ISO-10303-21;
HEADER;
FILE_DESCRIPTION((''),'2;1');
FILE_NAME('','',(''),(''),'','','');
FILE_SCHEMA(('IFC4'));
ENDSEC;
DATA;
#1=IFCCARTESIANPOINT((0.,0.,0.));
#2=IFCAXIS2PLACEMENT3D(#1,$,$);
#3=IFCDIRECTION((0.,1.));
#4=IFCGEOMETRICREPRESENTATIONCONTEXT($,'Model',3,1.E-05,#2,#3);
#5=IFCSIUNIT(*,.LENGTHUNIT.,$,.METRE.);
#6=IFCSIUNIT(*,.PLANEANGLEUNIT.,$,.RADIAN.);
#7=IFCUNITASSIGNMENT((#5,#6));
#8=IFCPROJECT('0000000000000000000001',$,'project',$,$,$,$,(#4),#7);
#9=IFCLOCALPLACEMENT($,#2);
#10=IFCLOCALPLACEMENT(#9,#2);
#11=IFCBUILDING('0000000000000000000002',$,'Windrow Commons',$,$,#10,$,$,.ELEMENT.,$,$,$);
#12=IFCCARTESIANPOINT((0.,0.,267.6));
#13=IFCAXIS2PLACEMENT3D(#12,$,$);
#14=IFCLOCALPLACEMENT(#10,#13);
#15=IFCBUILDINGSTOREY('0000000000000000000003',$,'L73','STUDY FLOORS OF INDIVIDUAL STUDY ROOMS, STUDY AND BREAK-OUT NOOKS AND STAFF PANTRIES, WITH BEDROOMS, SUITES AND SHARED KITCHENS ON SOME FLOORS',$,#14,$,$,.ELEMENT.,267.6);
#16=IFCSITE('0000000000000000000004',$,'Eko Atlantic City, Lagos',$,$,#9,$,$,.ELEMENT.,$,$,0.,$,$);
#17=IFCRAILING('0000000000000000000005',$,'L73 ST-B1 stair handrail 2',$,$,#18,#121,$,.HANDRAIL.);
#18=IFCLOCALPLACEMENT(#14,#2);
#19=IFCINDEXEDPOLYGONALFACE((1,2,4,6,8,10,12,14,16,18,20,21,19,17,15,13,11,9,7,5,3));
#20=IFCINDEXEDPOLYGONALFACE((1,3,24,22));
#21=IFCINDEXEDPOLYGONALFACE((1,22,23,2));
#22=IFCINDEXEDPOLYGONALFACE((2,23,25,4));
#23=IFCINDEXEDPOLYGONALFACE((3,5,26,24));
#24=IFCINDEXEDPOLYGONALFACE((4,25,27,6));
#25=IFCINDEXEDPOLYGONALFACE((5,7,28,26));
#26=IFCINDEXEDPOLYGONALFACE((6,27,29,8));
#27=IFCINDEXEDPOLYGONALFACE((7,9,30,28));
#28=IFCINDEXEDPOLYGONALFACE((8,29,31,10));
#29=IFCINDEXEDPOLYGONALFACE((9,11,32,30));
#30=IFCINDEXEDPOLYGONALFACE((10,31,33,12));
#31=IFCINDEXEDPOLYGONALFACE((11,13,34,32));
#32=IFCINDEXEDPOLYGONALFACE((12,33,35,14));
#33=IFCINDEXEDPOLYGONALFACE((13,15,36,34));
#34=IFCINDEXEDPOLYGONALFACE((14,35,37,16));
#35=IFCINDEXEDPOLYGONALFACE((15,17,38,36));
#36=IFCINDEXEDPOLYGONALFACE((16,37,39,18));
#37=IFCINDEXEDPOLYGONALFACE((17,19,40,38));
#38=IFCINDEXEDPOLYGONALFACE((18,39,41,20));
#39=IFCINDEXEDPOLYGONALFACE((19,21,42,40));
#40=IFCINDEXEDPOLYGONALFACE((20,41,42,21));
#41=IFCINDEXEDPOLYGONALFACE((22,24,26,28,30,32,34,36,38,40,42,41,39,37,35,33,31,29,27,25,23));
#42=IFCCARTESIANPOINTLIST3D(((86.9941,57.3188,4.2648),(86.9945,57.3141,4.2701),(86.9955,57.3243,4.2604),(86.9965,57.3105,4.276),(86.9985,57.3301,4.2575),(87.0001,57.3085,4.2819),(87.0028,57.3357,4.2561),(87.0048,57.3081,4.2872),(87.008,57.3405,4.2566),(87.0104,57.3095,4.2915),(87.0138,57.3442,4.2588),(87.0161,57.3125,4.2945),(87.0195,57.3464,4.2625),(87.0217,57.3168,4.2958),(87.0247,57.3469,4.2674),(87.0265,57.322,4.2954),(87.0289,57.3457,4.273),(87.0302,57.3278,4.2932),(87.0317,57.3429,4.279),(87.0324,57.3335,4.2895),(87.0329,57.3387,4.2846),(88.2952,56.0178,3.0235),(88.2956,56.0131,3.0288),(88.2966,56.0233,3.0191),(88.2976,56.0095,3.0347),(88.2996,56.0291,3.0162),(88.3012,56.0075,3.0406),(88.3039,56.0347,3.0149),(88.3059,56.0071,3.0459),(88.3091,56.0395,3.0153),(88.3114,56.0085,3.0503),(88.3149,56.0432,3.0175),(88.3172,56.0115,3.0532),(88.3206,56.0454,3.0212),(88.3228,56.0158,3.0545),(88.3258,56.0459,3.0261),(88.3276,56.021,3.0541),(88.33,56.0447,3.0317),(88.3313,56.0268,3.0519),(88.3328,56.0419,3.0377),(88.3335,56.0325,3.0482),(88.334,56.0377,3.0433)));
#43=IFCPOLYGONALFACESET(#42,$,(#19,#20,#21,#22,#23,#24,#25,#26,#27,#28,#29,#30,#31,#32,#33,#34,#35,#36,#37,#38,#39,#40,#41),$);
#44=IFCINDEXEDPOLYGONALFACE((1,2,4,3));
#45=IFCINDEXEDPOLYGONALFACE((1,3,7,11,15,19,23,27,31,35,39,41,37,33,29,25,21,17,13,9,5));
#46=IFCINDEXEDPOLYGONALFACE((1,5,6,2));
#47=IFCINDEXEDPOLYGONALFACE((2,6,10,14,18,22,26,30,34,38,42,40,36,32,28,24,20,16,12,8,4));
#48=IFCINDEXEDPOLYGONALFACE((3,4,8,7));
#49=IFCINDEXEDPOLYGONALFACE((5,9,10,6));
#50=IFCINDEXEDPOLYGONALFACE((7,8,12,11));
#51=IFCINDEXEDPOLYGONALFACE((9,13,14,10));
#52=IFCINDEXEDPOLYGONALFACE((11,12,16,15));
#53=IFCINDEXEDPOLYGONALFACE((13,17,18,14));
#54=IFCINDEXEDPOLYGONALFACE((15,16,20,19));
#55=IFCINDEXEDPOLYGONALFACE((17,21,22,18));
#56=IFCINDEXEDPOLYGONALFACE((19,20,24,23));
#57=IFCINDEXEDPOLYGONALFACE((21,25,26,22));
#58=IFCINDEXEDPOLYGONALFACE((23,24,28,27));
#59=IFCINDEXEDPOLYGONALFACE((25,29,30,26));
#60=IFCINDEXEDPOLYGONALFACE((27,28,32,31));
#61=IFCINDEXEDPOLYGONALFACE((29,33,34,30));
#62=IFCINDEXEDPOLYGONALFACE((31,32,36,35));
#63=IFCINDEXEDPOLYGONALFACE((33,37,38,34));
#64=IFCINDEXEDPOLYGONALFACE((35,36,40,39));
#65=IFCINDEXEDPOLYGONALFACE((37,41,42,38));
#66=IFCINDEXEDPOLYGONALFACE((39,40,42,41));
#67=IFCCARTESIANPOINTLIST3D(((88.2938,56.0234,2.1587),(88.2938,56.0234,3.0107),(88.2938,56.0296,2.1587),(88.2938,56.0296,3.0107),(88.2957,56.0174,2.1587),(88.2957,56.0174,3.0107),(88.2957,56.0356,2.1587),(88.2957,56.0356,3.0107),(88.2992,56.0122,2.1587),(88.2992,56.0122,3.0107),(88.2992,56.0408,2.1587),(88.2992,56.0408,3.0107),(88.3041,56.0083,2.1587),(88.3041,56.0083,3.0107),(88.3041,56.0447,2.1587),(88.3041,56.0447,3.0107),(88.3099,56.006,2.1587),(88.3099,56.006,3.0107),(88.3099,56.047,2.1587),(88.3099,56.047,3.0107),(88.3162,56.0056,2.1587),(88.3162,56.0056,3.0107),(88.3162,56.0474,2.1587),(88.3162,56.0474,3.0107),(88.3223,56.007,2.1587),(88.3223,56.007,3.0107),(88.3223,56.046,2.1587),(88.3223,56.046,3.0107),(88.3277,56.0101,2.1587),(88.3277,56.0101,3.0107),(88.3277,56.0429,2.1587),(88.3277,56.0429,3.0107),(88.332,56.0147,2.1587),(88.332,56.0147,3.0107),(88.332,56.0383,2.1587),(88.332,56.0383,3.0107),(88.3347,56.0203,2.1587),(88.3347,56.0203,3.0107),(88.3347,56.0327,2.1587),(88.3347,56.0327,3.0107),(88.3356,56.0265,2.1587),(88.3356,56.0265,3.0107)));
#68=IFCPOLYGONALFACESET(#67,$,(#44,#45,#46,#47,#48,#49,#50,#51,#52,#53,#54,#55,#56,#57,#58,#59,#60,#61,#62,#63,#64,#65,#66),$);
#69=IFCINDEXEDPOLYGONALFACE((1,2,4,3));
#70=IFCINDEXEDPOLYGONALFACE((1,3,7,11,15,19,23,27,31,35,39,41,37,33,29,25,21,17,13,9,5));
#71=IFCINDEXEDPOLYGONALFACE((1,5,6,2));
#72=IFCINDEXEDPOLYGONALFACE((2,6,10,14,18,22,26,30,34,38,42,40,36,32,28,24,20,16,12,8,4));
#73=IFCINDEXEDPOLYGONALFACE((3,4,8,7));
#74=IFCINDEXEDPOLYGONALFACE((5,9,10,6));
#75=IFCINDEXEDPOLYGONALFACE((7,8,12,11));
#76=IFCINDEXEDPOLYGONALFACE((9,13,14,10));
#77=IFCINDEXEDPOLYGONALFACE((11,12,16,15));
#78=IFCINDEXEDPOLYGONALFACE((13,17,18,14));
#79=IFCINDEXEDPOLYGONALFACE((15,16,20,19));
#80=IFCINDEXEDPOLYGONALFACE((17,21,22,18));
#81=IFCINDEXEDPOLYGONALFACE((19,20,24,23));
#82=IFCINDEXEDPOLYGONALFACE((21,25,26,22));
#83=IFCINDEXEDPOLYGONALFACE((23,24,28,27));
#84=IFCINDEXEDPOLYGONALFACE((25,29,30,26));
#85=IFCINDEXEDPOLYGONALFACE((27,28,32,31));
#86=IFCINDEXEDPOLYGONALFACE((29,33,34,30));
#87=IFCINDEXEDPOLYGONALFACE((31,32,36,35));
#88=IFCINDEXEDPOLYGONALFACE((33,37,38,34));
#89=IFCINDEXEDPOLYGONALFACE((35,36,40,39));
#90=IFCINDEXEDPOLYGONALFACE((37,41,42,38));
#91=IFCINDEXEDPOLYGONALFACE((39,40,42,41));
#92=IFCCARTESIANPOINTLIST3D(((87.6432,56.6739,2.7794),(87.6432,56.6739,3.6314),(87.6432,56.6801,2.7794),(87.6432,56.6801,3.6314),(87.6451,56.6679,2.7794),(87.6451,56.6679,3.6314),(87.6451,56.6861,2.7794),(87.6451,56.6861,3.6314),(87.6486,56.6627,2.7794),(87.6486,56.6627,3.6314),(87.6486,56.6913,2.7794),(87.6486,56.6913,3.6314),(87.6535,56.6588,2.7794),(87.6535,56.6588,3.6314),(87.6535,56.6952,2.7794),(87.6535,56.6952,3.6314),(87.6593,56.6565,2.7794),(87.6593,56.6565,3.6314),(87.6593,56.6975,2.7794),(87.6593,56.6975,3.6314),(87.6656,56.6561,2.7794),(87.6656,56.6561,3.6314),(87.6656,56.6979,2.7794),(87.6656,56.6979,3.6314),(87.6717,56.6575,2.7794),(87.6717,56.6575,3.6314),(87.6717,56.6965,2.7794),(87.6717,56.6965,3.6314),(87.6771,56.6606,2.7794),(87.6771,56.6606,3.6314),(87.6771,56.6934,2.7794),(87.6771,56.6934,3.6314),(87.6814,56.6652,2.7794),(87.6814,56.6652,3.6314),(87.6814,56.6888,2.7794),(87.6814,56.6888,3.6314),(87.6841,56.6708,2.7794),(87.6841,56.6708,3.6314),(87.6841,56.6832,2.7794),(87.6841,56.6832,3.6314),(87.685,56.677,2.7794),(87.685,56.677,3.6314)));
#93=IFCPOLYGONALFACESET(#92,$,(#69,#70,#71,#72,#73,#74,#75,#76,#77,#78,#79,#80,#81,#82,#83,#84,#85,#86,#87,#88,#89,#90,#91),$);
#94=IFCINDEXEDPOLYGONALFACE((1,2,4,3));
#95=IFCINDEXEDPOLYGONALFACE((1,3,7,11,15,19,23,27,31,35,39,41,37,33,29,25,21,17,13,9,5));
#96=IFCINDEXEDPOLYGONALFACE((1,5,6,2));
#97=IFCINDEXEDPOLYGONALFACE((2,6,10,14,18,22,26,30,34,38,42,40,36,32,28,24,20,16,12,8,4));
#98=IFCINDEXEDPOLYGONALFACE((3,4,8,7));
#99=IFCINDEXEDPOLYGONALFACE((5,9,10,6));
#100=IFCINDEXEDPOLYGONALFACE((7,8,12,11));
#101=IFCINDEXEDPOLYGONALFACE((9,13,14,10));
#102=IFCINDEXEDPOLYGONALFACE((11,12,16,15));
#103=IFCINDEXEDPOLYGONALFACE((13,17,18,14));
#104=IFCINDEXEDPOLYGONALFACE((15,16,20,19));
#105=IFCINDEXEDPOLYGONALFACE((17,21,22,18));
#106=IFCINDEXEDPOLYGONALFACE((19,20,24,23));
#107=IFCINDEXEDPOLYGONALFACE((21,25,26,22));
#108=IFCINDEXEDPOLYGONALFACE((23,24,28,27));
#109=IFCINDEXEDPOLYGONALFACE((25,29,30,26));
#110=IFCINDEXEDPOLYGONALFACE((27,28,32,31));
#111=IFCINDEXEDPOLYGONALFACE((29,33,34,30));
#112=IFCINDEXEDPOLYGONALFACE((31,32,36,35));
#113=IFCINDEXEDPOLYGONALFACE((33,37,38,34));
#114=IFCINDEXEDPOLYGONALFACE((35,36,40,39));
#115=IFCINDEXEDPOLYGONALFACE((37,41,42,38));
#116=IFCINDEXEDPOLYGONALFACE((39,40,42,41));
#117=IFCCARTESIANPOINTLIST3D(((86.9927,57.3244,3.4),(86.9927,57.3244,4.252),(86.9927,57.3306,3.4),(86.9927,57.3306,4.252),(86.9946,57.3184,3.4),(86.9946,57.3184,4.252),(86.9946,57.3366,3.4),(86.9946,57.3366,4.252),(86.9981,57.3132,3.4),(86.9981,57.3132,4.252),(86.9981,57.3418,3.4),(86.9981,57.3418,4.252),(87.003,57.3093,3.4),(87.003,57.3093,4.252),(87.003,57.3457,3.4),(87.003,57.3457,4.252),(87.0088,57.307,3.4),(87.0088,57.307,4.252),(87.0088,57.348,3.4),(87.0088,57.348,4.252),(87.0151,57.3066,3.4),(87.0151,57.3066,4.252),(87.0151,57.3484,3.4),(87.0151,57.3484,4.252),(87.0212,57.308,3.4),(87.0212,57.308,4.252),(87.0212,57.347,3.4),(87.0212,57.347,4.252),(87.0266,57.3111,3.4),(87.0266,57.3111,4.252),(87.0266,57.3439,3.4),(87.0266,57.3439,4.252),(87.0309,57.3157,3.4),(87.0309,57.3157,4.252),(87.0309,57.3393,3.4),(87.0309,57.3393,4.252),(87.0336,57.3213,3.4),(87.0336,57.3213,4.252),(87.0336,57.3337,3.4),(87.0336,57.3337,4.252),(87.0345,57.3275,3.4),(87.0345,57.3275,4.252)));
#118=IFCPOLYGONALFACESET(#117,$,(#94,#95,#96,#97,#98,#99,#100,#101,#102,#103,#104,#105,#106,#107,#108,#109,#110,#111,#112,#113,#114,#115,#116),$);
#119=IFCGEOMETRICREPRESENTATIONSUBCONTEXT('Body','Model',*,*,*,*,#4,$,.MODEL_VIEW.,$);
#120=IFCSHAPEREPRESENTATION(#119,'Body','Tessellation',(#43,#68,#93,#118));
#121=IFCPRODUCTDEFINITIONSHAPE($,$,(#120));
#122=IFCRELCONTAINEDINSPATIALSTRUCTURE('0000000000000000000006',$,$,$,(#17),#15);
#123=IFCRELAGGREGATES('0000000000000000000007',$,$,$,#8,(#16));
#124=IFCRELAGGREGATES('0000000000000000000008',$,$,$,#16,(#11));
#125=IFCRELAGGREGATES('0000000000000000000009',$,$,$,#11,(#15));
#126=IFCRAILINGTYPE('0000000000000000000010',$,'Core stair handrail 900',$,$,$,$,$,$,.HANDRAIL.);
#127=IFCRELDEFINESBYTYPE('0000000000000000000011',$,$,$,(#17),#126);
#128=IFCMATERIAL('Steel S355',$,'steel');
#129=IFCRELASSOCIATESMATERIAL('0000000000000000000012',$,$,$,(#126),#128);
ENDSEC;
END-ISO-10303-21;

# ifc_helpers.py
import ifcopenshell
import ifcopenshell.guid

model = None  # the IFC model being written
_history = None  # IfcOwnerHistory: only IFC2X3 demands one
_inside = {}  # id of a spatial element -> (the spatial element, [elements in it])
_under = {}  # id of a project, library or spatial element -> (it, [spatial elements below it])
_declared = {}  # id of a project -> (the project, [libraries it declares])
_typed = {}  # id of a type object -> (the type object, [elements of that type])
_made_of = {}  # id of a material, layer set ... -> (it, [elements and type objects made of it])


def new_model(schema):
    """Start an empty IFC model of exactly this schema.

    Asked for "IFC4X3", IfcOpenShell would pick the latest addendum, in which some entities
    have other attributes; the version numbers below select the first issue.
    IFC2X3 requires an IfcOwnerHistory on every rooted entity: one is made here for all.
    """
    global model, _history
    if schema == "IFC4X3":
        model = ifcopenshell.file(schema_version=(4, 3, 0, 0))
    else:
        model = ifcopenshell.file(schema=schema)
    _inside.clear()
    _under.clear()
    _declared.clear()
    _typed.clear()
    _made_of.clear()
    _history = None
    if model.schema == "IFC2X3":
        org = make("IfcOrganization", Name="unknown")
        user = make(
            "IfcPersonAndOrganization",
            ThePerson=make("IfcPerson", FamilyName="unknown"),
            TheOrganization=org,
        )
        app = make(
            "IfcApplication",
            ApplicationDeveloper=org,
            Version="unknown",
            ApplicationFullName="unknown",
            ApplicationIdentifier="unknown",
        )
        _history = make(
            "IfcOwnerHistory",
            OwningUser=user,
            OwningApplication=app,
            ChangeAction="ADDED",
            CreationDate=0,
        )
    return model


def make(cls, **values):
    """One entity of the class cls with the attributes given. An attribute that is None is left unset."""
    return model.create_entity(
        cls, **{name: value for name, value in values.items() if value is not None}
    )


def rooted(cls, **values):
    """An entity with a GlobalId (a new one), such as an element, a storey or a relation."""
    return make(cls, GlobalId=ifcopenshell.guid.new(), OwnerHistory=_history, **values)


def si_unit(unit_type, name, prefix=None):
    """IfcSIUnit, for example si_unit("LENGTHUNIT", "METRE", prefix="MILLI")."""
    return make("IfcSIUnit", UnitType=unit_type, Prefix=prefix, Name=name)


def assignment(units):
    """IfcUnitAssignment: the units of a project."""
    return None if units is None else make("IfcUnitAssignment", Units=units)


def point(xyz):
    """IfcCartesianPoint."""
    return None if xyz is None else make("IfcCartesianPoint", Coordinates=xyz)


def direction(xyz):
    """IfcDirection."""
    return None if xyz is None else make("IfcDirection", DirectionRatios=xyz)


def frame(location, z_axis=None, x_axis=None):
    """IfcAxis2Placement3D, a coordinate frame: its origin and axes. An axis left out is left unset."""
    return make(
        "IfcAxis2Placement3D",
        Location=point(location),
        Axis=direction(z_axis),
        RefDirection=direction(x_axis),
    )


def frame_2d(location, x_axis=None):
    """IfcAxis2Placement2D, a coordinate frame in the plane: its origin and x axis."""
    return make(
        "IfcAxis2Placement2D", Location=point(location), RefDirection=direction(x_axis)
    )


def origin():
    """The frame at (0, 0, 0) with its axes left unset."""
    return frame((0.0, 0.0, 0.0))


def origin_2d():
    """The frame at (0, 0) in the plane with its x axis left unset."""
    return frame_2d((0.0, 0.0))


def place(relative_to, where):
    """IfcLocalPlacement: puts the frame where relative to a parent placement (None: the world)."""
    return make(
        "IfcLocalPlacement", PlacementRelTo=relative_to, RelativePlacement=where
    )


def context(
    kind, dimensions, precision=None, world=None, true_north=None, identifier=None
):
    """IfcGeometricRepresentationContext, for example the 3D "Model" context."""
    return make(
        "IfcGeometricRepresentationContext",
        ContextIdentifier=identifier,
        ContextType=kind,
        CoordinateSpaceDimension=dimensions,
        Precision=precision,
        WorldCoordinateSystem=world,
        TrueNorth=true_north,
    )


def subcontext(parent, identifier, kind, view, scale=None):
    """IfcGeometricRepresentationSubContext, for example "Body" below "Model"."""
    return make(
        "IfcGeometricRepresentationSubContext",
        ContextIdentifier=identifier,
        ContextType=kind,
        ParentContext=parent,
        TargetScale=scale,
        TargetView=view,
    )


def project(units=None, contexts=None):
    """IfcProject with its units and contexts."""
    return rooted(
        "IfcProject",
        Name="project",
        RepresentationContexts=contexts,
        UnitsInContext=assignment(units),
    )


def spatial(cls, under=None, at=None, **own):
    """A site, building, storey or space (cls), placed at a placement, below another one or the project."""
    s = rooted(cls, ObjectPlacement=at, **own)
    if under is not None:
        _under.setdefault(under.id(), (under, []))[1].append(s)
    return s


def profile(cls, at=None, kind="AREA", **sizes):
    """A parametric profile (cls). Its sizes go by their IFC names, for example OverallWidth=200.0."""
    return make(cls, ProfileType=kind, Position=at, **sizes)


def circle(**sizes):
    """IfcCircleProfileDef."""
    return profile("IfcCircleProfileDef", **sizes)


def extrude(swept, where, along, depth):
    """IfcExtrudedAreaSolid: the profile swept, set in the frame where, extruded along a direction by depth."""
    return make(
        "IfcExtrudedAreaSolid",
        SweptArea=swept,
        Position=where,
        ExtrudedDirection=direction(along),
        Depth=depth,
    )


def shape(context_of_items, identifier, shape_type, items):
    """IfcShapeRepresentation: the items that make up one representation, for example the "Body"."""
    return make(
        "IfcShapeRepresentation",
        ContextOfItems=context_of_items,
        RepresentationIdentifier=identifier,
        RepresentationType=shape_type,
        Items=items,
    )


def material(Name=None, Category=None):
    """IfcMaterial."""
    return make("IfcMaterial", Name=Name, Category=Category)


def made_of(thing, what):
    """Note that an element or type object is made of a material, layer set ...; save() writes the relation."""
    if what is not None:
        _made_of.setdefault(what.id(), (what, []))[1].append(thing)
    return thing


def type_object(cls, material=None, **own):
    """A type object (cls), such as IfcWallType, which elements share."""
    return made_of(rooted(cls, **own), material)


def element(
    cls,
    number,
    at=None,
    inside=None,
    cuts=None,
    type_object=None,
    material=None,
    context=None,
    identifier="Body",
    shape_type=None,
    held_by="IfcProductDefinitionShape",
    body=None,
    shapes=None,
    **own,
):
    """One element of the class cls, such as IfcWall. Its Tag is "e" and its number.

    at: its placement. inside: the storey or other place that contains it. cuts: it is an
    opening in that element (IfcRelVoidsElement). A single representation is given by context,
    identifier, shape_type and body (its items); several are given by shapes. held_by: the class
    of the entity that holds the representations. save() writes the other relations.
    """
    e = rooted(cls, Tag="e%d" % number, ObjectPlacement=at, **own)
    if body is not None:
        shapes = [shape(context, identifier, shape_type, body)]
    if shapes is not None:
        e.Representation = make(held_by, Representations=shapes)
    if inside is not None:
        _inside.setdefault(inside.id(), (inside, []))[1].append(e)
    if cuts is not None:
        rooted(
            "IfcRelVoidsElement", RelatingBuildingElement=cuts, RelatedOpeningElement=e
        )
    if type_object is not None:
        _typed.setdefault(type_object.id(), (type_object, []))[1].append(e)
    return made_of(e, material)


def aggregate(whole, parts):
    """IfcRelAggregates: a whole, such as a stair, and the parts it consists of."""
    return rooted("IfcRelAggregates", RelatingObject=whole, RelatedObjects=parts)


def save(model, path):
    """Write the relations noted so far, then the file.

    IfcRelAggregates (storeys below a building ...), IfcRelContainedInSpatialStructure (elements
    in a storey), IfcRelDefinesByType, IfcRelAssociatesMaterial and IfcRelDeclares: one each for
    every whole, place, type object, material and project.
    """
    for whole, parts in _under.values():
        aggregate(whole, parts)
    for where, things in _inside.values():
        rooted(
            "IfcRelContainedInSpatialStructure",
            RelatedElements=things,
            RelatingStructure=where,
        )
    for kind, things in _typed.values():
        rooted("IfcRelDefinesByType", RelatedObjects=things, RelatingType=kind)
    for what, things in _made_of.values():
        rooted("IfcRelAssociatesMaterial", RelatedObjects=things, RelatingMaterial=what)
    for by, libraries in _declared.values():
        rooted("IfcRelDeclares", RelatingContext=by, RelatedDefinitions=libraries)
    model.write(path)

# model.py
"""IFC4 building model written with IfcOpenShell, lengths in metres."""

from ifc_helpers import new_model, si_unit, direction, frame, origin, origin_2d, place, context, subcontext, project, spatial, circle, extrude, material, type_object, element, save


model = new_model("IFC4")

# Units and contexts
model_context = context("Model", 3, precision=1e-05, world=origin(), true_north=direction((0.0, 1.0)))
body_context = subcontext(model_context, "Body", "Model", "MODEL_VIEW")
ifc_project = project(units=[si_unit("LENGTHUNIT", "METRE"), si_unit("PLANEANGLEUNIT", "RADIAN")], contexts=[model_context])

# Site, building, storey
site_placement = place(None, origin())
site = spatial("IfcSite", under=ifc_project, at=site_placement, Name="Eko Atlantic City, Lagos", CompositionType="ELEMENT", RefElevation=0.0)
building_placement = place(site_placement, origin())
building = spatial("IfcBuilding", under=site, at=building_placement, Name="Windrow Commons", CompositionType="ELEMENT")
storey_placement = place(building_placement, frame((0.0, 0.0, 267.6)))
storey = spatial("IfcBuildingStorey", under=building, at=storey_placement, Name="L73", Description="STUDY FLOORS OF INDIVIDUAL STUDY ROOMS, STUDY AND BREAK-OUT NOOKS AND STAFF PANTRIES, WITH BEDROOMS, SUITES AND SHARED KITCHENS ON SOME FLOORS", CompositionType="ELEMENT", Elevation=267.6)

# Railing
ifc_material_1 = material(Name="Steel S355", Category="steel")
railing_type_1 = type_object("IfcRailingType", Name="Core stair handrail 900", PredefinedType="HANDRAIL", material=ifc_material_1)
railing_1_placement = place(storey_placement, frame((88.3146, 56.0265, 2.1587)))
element("IfcRailing", 1, at=railing_1_placement, inside=storey, type_object=railing_type_1, Name="L73 ST-B1 stair handrail 2", PredefinedType="HANDRAIL", context=body_context, shape_type="SweptSolid", body=[
    extrude(circle(Radius=0.024, at=origin_2d()), frame((0.0, 0.0, 0.876), z_axis=(-0.586207, 0.586162, 0.559264), x_axis=(-0.70708, -0.707134, 0.0)), (0.0, 0.0, 1.0), 2.2195),
    extrude(circle(Radius=0.021, at=origin_2d()), origin(), (0.0, 0.0, 1.0), 0.852),
    extrude(circle(Radius=0.021, at=origin_2d()), frame((-0.6506, 0.6505, 0.6207)), (0.0, 0.0, 1.0), 0.852),
    extrude(circle(Radius=0.021, at=origin_2d()), frame((-1.3011, 1.301, 1.2413)), (0.0, 0.0, 1.0), 0.852),
])

save(model, "model.ifc")
